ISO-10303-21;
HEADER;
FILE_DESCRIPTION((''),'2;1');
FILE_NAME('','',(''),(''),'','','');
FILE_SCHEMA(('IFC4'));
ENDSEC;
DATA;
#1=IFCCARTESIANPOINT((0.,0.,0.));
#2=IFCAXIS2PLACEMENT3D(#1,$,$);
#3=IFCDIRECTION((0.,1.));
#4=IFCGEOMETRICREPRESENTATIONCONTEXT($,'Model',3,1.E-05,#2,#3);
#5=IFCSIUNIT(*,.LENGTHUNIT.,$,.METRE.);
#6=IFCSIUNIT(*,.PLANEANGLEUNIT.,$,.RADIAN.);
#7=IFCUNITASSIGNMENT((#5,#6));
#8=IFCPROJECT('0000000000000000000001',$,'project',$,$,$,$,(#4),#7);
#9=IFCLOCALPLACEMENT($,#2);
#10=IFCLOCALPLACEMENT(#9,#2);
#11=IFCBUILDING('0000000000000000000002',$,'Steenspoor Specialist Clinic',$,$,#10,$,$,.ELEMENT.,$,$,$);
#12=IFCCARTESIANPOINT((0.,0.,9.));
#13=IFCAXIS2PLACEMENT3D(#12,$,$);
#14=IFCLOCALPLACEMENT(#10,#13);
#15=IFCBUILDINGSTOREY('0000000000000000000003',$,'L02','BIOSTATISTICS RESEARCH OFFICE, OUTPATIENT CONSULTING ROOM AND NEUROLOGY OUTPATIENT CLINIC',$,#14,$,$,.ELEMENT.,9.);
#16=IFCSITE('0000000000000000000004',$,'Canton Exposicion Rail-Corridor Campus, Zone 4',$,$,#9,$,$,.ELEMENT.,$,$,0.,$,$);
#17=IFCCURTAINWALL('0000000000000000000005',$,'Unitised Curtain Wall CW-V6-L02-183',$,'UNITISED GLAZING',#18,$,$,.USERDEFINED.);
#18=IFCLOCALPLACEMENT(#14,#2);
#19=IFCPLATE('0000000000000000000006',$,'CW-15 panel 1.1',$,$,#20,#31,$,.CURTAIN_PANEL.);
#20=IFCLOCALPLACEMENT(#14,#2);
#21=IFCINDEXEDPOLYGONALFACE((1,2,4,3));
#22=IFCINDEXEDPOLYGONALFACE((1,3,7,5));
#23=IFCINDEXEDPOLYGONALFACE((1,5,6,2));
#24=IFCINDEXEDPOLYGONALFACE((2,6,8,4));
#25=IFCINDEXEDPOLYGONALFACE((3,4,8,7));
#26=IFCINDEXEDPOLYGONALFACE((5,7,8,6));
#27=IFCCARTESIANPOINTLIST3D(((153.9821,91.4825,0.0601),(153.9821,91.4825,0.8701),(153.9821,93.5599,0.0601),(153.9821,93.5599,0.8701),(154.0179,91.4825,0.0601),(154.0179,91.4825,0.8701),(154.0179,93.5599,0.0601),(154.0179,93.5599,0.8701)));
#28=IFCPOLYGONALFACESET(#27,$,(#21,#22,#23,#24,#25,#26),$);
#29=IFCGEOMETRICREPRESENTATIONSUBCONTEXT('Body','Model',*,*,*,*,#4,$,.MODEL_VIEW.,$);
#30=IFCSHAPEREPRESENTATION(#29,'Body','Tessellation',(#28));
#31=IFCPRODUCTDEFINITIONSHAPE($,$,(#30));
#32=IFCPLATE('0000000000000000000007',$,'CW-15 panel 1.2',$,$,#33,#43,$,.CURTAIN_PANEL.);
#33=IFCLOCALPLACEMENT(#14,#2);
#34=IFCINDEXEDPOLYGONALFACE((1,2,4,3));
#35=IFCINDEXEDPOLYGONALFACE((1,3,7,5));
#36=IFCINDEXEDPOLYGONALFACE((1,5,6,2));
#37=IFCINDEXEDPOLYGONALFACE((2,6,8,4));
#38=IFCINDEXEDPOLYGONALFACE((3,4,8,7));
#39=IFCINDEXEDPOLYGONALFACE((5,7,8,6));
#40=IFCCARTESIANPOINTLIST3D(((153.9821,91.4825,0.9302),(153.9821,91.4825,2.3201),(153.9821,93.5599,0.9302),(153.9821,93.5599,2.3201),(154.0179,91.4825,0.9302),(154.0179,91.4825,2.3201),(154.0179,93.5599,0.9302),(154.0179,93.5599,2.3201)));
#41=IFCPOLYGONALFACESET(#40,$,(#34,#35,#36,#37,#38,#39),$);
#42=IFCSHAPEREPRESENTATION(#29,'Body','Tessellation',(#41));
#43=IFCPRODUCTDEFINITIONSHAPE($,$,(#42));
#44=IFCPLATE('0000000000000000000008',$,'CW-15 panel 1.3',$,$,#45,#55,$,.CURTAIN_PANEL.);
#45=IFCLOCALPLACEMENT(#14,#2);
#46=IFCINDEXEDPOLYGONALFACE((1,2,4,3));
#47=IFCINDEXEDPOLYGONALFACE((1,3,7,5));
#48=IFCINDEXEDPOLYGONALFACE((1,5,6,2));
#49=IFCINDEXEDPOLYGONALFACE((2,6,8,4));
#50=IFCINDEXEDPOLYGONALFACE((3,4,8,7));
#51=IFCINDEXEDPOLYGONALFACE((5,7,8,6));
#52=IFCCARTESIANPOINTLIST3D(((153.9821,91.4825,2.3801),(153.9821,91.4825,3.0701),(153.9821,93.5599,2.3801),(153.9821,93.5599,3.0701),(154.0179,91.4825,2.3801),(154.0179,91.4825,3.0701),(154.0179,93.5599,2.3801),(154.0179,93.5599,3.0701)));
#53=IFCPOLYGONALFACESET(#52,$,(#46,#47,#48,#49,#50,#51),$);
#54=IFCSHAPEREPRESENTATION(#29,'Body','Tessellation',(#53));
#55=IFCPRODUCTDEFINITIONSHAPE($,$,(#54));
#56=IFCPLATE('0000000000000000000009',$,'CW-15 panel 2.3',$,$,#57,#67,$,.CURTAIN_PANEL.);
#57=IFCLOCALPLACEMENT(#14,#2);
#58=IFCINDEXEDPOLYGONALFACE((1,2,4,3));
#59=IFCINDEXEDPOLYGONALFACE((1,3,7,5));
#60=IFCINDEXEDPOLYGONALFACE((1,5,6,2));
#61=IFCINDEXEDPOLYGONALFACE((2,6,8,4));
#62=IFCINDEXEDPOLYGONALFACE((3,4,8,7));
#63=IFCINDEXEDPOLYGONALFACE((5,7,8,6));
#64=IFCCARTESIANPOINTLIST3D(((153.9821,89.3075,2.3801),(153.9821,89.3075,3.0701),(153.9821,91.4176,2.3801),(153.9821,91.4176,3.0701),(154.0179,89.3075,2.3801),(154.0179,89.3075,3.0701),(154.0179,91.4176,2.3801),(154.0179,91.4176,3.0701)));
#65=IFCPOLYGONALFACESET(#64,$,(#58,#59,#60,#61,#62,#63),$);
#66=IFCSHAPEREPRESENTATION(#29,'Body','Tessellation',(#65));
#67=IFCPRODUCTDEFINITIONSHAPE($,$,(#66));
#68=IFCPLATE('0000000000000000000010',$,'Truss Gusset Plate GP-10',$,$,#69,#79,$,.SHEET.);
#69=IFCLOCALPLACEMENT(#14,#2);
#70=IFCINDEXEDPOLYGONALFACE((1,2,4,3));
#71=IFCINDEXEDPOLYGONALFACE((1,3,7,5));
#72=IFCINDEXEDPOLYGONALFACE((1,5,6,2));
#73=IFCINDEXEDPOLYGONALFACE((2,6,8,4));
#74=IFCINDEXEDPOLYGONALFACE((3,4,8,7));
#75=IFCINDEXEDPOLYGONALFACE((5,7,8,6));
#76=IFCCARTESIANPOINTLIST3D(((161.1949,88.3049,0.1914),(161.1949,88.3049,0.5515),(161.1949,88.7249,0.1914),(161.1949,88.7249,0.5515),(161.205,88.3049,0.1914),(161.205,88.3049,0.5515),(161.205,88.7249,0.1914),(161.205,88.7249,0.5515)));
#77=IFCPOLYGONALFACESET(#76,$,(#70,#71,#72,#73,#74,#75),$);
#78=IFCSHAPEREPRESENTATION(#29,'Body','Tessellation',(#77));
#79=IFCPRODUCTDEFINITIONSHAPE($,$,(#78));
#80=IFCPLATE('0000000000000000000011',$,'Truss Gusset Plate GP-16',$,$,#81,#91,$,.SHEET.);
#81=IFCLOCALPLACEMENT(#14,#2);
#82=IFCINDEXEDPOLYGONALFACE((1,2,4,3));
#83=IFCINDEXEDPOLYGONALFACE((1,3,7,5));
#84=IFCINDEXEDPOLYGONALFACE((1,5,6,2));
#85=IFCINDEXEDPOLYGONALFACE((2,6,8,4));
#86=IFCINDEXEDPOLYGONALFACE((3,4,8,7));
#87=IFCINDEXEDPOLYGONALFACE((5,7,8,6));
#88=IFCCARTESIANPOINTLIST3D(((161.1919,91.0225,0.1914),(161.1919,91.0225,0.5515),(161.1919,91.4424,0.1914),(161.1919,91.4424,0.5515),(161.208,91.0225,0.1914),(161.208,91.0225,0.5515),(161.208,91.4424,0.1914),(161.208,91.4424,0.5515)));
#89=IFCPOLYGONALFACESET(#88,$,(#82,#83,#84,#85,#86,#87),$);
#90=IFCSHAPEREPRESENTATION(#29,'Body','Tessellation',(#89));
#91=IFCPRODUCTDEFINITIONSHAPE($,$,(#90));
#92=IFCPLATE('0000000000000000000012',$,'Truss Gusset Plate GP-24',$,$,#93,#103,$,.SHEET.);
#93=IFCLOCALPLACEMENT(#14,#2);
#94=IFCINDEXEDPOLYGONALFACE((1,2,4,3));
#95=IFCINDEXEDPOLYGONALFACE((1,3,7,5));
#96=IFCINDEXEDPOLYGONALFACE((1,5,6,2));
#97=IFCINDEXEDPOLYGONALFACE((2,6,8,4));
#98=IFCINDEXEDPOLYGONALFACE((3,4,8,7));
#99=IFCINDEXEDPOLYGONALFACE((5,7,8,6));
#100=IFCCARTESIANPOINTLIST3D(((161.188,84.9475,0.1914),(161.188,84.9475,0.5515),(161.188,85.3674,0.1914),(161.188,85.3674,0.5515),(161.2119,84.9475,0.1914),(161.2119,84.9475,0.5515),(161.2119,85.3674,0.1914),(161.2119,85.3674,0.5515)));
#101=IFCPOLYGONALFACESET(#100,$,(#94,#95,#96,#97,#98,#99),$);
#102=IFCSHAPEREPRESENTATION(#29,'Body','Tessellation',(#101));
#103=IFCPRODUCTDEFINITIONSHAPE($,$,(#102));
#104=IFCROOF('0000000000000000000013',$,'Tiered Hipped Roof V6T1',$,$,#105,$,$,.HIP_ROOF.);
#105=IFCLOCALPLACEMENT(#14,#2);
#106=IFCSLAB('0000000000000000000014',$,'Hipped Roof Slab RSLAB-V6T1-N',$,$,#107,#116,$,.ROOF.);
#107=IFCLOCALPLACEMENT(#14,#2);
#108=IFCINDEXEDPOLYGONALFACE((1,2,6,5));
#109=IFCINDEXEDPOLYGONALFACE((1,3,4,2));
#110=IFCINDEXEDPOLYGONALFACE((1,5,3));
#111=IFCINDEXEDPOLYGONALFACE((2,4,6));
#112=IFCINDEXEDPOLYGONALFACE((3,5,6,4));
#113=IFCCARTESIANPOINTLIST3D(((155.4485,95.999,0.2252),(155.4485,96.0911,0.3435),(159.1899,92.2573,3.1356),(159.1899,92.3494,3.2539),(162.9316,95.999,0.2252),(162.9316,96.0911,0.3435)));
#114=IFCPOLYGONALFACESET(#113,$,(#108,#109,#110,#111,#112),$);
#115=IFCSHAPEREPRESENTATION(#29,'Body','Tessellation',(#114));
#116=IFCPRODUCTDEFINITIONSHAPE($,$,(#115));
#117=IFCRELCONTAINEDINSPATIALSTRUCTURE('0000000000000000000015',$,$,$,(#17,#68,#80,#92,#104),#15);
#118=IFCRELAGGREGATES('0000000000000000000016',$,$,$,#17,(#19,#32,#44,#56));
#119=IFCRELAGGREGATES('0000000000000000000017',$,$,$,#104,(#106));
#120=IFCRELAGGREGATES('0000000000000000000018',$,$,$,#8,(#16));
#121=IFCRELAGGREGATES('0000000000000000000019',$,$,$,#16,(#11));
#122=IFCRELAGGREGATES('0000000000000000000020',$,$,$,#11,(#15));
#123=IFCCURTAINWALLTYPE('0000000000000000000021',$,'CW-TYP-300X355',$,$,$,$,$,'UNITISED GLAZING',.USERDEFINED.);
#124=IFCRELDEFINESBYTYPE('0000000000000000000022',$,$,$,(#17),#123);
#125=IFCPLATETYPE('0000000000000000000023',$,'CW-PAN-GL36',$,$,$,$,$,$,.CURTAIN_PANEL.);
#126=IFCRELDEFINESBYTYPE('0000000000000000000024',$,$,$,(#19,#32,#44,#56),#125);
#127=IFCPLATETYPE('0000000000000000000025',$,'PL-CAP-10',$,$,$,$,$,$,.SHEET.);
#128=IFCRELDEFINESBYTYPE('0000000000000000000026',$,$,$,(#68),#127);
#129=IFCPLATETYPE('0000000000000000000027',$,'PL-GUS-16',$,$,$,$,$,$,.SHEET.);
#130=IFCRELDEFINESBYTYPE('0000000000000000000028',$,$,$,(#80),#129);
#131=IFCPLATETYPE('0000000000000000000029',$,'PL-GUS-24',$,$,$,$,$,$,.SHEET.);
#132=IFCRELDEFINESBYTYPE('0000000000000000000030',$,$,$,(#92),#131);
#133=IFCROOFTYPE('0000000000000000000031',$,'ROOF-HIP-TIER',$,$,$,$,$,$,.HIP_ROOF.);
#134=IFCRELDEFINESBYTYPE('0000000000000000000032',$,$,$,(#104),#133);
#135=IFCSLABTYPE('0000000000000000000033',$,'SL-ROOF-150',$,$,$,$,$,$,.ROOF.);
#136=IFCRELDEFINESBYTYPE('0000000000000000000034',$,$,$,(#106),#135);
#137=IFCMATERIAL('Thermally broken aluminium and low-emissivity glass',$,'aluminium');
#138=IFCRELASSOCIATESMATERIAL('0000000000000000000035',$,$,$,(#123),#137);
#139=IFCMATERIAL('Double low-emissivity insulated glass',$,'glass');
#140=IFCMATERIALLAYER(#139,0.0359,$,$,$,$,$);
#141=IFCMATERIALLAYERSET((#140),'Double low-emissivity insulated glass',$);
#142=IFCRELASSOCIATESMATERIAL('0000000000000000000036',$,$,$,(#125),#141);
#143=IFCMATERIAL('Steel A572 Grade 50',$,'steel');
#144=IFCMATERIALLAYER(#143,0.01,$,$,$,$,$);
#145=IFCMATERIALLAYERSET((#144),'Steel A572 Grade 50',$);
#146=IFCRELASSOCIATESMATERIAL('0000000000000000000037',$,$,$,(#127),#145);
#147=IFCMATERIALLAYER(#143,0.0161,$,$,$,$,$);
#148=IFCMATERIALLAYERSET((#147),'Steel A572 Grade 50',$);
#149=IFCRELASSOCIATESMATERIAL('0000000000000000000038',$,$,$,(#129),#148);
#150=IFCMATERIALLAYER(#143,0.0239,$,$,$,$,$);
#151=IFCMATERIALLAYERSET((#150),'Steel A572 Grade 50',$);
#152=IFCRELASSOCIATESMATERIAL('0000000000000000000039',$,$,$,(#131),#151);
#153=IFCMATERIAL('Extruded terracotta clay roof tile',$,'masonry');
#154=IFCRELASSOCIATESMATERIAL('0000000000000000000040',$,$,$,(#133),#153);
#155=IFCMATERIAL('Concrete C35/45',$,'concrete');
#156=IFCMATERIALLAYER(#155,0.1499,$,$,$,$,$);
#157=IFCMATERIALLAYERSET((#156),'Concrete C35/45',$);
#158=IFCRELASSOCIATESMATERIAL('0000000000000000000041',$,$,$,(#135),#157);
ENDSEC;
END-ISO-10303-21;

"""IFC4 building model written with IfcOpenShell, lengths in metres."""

from ifc_helpers import new_model, si_unit, direction, frame, origin, origin_2d, place, context, subcontext, project, spatial, polyline, rectangle, outline, extrude, material, layer, layer_set, type_object, element, aggregate, save


model = new_model("IFC4")

# Units and contexts
model_context = context("Model", 3, precision=1e-05, world=origin(), true_north=direction((0.0, 1.0)))
body_context = subcontext(model_context, "Body", "Model", "MODEL_VIEW")
ifc_project = project(units=[si_unit("LENGTHUNIT", "METRE"), si_unit("PLANEANGLEUNIT", "RADIAN")], contexts=[model_context])

# Site, building, storey
site_placement = place(None, origin())
site = spatial("IfcSite", under=ifc_project, at=site_placement, Name="Canton Exposicion Rail-Corridor Campus, Zone 4", CompositionType="ELEMENT", RefElevation=0.0)
building_placement = place(site_placement, origin())
building = spatial("IfcBuilding", under=site, at=building_placement, Name="Steenspoor Specialist Clinic", CompositionType="ELEMENT")
storey_placement = place(building_placement, frame((0.0, 0.0, 9.0)))
storey = spatial("IfcBuildingStorey", under=building, at=storey_placement, Name="L02", Description="BIOSTATISTICS RESEARCH OFFICE, OUTPATIENT CONSULTING ROOM AND NEUROLOGY OUTPATIENT CLINIC", CompositionType="ELEMENT", Elevation=9.0)

# Curtain wall
ifc_material_1 = material(Name="Thermally broken aluminium and low-emissivity glass", Category="aluminium")
curtain_wall_type = type_object("IfcCurtainWallType", Name="CW-TYP-300X355", ElementType="UNITISED GLAZING", PredefinedType="USERDEFINED", material=ifc_material_1)
curtain_wall_placement = place(storey_placement, origin())
curtain_wall = element("IfcCurtainWall", 1, at=curtain_wall_placement, inside=storey, type_object=curtain_wall_type, Name="Unitised Curtain Wall CW-V6-L02-183", ObjectType="UNITISED GLAZING", PredefinedType="USERDEFINED")

# Plates
ifc_material_2 = material(Name="Double low-emissivity insulated glass", Category="glass")
ifc_layer_1 = layer(ifc_material_2, 0.0359)
ifc_layer_set_1 = layer_set([ifc_layer_1], Name="Double low-emissivity insulated glass")
plate_type_1 = type_object("IfcPlateType", Name="CW-PAN-GL36", PredefinedType="CURTAIN_PANEL", material=ifc_layer_set_1)
plate_1_placement = place(storey_placement, frame((154.0, 92.5212, 0.0601), z_axis=(0.0, 0.0, 1.0), x_axis=(0.0, -1.0, 0.0)))
plate_1 = element("IfcPlate", 2, at=plate_1_placement, type_object=plate_type_1, Name="CW-15 panel 1.1", PredefinedType="CURTAIN_PANEL", context=body_context, shape_type="SweptSolid", body=[
    extrude(rectangle(XDim=2.0774, YDim=0.0359, at=origin_2d()), origin(), (0.0, 0.0, 1.0), 0.8101),
])
plate_2_placement = place(storey_placement, frame((154.0, 92.5212, 0.9302), z_axis=(0.0, 0.0, 1.0), x_axis=(0.0, -1.0, 0.0)))
plate_2 = element("IfcPlate", 3, at=plate_2_placement, type_object=plate_type_1, Name="CW-15 panel 1.2", PredefinedType="CURTAIN_PANEL", context=body_context, shape_type="SweptSolid", body=[
    extrude(rectangle(XDim=2.0774, YDim=0.0359, at=origin_2d()), origin(), (0.0, 0.0, 1.0), 1.3899),
])
plate_3_placement = place(storey_placement, frame((154.0, 92.5212, 2.3801), z_axis=(0.0, 0.0, 1.0), x_axis=(0.0, -1.0, 0.0)))
plate_3 = element("IfcPlate", 4, at=plate_3_placement, type_object=plate_type_1, Name="CW-15 panel 1.3", PredefinedType="CURTAIN_PANEL", context=body_context, shape_type="SweptSolid", body=[
    extrude(rectangle(XDim=2.0774, YDim=0.0359, at=origin_2d()), origin(), (0.0, 0.0, 1.0), 0.6899),
])
plate_4_placement = place(storey_placement, frame((154.0, 90.3625, 2.3801), z_axis=(0.0, 0.0, 1.0), x_axis=(0.0, -1.0, 0.0)))
plate_4 = element("IfcPlate", 5, at=plate_4_placement, type_object=plate_type_1, Name="CW-15 panel 2.3", PredefinedType="CURTAIN_PANEL", context=body_context, shape_type="SweptSolid", body=[
    extrude(rectangle(XDim=2.1101, YDim=0.0359, at=origin_2d()), origin(), (0.0, 0.0, 1.0), 0.6899),
])
aggregate(curtain_wall, [plate_1, plate_2, plate_3, plate_4])

# Plates
ifc_material_3 = material(Name="Steel A572 Grade 50", Category="steel")
ifc_layer_2 = layer(ifc_material_3, 0.01)
ifc_layer_set_2 = layer_set([ifc_layer_2], Name="Steel A572 Grade 50")
plate_type_2 = type_object("IfcPlateType", Name="PL-CAP-10", PredefinedType="SHEET", material=ifc_layer_set_2)
plate_5_placement = place(storey_placement, frame((161.2, 88.5149, 0.1914), z_axis=(0.0, 0.0, 1.0), x_axis=(1.0, 0.0, 0.0)))
element("IfcPlate", 6, at=plate_5_placement, inside=storey, type_object=plate_type_2, Name="Truss Gusset Plate GP-10", PredefinedType="SHEET", context=body_context, shape_type="SweptSolid", body=[
    extrude(rectangle(XDim=0.01, YDim=0.4199, at=origin_2d()), origin(), (0.0, 0.0, 1.0), 0.3601),
])
ifc_layer_3 = layer(ifc_material_3, 0.0161)
ifc_layer_set_3 = layer_set([ifc_layer_3], Name="Steel A572 Grade 50")
plate_type_3 = type_object("IfcPlateType", Name="PL-GUS-16", PredefinedType="SHEET", material=ifc_layer_set_3)
plate_6_placement = place(storey_placement, frame((161.2, 91.2324, 0.1914), z_axis=(0.0, 0.0, 1.0), x_axis=(1.0, 0.0, 0.0)))
element("IfcPlate", 7, at=plate_6_placement, inside=storey, type_object=plate_type_3, Name="Truss Gusset Plate GP-16", PredefinedType="SHEET", context=body_context, shape_type="SweptSolid", body=[
    extrude(rectangle(XDim=0.0161, YDim=0.4199, at=origin_2d()), origin(), (0.0, 0.0, 1.0), 0.3601),
])
ifc_layer_4 = layer(ifc_material_3, 0.0239)
ifc_layer_set_4 = layer_set([ifc_layer_4], Name="Steel A572 Grade 50")
plate_type_4 = type_object("IfcPlateType", Name="PL-GUS-24", PredefinedType="SHEET", material=ifc_layer_set_4)
plate_7_placement = place(storey_placement, frame((161.2, 85.1575, 0.1914), z_axis=(0.0, 0.0, 1.0), x_axis=(1.0, 0.0, 0.0)))
element("IfcPlate", 8, at=plate_7_placement, inside=storey, type_object=plate_type_4, Name="Truss Gusset Plate GP-24", PredefinedType="SHEET", context=body_context, shape_type="SweptSolid", body=[
    extrude(rectangle(XDim=0.0239, YDim=0.4199, at=origin_2d()), origin(), (0.0, 0.0, 1.0), 0.3601),
])

# Roof, slab
ifc_material_4 = material(Name="Extruded terracotta clay roof tile", Category="masonry")
roof_type = type_object("IfcRoofType", Name="ROOF-HIP-TIER", PredefinedType="HIP_ROOF", material=ifc_material_4)
roof_placement = place(storey_placement, origin())
roof = element("IfcRoof", 9, at=roof_placement, inside=storey, type_object=roof_type, Name="Tiered Hipped Roof V6T1", PredefinedType="HIP_ROOF")
ifc_material_5 = material(Name="Concrete C35/45", Category="concrete")
ifc_layer_5 = layer(ifc_material_5, 0.1499)
ifc_layer_set_5 = layer_set([ifc_layer_5], Name="Concrete C35/45")
slab_type = type_object("IfcSlabType", Name="SL-ROOF-150", PredefinedType="ROOF", material=ifc_layer_set_5)
slab_placement = place(storey_placement, frame((159.1899, 92.3494, 3.2539), z_axis=(0.0, 0.613966, 0.789333), x_axis=(0.619576, 0.619576, -0.481924)))
slab = element("IfcSlab", 10, at=slab_placement, type_object=slab_type, Name="Hipped Roof Slab RSLAB-V6T1-N", PredefinedType="ROOF", context=body_context, shape_type="SweptSolid", body=[
    extrude(outline(polyline([(0.0, 0.0), (6.0391, 0.0), (1.4027, 5.8738), (0.0, 0.0)])), origin(), (0.0, 0.0, -1.0), 0.1499),
])
aggregate(roof, [slab])

save(model, "model.ifc")
